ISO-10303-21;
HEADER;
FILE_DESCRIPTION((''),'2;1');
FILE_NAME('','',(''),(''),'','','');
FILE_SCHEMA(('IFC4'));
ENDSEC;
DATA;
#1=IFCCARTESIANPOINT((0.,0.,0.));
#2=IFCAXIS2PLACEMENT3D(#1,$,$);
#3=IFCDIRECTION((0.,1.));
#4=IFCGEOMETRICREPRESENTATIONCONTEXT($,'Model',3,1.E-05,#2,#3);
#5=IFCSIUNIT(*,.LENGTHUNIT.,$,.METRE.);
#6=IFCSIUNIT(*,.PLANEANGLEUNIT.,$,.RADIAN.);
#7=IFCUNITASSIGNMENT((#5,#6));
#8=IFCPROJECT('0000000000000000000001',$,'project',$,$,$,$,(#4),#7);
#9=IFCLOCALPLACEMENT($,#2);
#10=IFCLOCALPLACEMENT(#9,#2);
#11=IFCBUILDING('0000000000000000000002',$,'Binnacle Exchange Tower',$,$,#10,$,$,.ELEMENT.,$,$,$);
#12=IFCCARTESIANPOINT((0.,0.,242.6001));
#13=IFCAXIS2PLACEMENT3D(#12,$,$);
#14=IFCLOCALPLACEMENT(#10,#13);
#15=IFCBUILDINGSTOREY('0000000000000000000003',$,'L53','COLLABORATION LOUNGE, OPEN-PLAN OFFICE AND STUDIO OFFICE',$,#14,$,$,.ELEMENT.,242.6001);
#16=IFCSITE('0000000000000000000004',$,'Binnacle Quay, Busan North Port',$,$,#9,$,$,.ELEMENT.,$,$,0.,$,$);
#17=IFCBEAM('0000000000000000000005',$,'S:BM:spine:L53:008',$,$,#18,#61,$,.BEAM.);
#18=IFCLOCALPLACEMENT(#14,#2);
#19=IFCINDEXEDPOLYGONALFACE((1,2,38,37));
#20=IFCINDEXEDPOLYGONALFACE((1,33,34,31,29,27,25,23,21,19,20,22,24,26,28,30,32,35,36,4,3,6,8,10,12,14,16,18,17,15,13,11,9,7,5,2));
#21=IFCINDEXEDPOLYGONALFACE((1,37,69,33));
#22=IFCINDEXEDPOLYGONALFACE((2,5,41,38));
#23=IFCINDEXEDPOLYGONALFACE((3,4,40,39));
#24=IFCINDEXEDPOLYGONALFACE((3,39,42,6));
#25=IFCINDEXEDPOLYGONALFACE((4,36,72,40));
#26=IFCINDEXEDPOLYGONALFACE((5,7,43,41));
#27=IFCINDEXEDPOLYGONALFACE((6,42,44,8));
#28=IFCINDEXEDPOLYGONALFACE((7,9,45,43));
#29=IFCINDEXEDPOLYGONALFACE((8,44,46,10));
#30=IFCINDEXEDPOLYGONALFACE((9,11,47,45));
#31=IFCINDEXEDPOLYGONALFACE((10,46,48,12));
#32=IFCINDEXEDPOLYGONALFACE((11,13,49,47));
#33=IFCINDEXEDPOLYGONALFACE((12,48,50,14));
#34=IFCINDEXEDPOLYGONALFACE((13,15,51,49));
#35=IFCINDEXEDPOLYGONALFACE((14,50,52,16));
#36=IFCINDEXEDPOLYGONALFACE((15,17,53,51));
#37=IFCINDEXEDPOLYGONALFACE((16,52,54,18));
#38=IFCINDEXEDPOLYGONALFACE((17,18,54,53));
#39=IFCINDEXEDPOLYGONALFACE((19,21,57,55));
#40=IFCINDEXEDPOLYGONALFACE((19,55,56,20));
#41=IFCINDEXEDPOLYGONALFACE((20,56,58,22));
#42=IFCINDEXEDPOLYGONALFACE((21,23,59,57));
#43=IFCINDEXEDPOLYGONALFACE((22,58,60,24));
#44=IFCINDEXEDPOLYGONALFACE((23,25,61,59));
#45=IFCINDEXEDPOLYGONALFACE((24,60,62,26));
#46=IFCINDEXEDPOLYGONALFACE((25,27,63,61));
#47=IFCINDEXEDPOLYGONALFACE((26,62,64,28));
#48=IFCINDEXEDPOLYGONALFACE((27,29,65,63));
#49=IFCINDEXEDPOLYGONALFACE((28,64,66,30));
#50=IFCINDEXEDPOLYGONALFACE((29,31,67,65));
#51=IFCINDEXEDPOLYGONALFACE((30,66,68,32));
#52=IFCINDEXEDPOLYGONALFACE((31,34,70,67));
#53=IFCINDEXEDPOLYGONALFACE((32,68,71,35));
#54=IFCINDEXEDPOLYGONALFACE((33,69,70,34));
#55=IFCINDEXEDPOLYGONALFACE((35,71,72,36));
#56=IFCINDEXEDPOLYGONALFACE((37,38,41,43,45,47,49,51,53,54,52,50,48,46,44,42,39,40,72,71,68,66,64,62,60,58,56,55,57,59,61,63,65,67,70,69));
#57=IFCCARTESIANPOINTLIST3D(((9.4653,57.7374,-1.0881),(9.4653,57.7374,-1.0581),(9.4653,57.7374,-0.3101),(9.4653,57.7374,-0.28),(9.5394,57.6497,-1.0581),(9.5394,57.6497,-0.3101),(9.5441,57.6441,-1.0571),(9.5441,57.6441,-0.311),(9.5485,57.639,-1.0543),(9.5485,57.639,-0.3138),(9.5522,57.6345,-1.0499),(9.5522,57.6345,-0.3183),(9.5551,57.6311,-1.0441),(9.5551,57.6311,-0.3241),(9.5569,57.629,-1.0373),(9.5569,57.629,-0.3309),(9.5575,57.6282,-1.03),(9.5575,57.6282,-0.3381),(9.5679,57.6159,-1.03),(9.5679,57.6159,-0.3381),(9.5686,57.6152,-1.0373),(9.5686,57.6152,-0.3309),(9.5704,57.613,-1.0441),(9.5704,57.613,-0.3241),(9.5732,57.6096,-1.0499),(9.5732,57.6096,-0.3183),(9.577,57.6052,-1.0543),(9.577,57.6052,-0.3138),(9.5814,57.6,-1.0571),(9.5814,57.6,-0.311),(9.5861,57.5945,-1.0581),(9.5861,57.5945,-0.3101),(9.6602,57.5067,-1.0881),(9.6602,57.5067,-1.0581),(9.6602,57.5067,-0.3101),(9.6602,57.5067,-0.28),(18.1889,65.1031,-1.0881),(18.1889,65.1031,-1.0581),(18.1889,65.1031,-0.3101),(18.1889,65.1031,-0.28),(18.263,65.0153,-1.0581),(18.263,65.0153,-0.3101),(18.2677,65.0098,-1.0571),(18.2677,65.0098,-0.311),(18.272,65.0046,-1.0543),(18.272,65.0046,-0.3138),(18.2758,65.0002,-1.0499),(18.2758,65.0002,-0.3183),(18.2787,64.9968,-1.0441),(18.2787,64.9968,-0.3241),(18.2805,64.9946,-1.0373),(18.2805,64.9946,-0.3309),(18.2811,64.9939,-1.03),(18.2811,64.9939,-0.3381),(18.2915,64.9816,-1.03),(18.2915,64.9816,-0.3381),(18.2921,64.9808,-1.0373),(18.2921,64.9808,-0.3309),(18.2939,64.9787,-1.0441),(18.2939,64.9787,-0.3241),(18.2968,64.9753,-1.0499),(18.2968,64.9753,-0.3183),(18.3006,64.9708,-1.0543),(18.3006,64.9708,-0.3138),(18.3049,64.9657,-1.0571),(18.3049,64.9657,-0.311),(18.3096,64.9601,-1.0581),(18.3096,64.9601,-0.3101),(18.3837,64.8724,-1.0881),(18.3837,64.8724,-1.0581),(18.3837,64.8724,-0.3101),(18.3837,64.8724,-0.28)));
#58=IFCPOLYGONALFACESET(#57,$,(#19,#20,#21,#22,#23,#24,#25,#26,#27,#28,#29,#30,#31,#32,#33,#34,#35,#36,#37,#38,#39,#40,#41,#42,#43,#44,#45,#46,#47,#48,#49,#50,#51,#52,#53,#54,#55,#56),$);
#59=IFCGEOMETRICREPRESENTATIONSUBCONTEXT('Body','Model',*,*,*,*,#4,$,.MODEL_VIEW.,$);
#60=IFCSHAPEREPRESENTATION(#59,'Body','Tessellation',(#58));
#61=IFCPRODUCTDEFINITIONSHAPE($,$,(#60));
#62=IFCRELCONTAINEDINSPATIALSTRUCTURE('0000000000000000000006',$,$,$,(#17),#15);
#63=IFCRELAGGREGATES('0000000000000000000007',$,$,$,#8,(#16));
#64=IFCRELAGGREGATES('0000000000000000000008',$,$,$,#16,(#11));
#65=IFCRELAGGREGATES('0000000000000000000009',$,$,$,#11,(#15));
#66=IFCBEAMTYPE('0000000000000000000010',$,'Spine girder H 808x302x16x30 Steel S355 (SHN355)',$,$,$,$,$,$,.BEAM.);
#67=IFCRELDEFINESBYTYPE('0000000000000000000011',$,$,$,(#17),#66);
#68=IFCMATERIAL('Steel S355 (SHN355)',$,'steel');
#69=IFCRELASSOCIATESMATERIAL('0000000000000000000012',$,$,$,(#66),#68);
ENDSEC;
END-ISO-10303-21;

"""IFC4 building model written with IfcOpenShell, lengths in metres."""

from ifc_helpers import new_model, si_unit, direction, frame, origin, origin_2d, place, context, subcontext, project, spatial, i_section, extrude, material, material_profile, profile_set, type_object, element, save


model = new_model("IFC4")

# Units and contexts
model_context = context("Model", 3, precision=1e-05, world=origin(), true_north=direction((0.0, 1.0)))
body_context = subcontext(model_context, "Body", "Model", "MODEL_VIEW")
ifc_project = project(units=[si_unit("LENGTHUNIT", "METRE"), si_unit("PLANEANGLEUNIT", "RADIAN")], contexts=[model_context])

# Site, building, storey
site_placement = place(None, origin())
site = spatial("IfcSite", under=ifc_project, at=site_placement, Name="Binnacle Quay, Busan North Port", CompositionType="ELEMENT", RefElevation=0.0)
building_placement = place(site_placement, origin())
building = spatial("IfcBuilding", under=site, at=building_placement, Name="Binnacle Exchange Tower", CompositionType="ELEMENT")
storey_placement = place(building_placement, frame((0.0, 0.0, 242.6001)))
storey = spatial("IfcBuildingStorey", under=building, at=storey_placement, Name="L53", Description="COLLABORATION LOUNGE, OPEN-PLAN OFFICE AND STUDIO OFFICE", CompositionType="ELEMENT", Elevation=242.6001)

# Beam
ifc_material_1 = material(Name="Steel S355 (SHN355)", Category="steel")
ifc_material_profile_1 = material_profile(ifc_material_1, i_section(OverallWidth=0.302, OverallDepth=0.8081, WebThickness=0.0161, FlangeThickness=0.03, FilletRadius=0.0281, at=origin_2d()), Name="H 808x302x16x30")
ifc_profile_set_1 = profile_set([ifc_material_profile_1], Name="Steel S355 (SHN355)")
beam_type_1 = type_object("IfcBeamType", Name="Spine girder H 808x302x16x30 Steel S355 (SHN355)", PredefinedType="BEAM", material=ifc_profile_set_1)
beam_1_placement = place(storey_placement, frame((9.5627, 57.6221, -0.6841), z_axis=(0.764069, 0.645135, 0.0), x_axis=(-0.645135, 0.764069, 0.0)))
element("IfcBeam", 1, at=beam_1_placement, inside=storey, type_object=beam_type_1, Name="S:BM:spine:L53:008", PredefinedType="BEAM", context=body_context, shape_type="SweptSolid", body=[
    extrude(i_section(OverallWidth=0.302, OverallDepth=0.8081, WebThickness=0.0161, FlangeThickness=0.03, FilletRadius=0.0281, at=origin_2d()), origin(), (0.0, 0.0, 1.0), 11.4172),
])

save(model, "model.ifc")
